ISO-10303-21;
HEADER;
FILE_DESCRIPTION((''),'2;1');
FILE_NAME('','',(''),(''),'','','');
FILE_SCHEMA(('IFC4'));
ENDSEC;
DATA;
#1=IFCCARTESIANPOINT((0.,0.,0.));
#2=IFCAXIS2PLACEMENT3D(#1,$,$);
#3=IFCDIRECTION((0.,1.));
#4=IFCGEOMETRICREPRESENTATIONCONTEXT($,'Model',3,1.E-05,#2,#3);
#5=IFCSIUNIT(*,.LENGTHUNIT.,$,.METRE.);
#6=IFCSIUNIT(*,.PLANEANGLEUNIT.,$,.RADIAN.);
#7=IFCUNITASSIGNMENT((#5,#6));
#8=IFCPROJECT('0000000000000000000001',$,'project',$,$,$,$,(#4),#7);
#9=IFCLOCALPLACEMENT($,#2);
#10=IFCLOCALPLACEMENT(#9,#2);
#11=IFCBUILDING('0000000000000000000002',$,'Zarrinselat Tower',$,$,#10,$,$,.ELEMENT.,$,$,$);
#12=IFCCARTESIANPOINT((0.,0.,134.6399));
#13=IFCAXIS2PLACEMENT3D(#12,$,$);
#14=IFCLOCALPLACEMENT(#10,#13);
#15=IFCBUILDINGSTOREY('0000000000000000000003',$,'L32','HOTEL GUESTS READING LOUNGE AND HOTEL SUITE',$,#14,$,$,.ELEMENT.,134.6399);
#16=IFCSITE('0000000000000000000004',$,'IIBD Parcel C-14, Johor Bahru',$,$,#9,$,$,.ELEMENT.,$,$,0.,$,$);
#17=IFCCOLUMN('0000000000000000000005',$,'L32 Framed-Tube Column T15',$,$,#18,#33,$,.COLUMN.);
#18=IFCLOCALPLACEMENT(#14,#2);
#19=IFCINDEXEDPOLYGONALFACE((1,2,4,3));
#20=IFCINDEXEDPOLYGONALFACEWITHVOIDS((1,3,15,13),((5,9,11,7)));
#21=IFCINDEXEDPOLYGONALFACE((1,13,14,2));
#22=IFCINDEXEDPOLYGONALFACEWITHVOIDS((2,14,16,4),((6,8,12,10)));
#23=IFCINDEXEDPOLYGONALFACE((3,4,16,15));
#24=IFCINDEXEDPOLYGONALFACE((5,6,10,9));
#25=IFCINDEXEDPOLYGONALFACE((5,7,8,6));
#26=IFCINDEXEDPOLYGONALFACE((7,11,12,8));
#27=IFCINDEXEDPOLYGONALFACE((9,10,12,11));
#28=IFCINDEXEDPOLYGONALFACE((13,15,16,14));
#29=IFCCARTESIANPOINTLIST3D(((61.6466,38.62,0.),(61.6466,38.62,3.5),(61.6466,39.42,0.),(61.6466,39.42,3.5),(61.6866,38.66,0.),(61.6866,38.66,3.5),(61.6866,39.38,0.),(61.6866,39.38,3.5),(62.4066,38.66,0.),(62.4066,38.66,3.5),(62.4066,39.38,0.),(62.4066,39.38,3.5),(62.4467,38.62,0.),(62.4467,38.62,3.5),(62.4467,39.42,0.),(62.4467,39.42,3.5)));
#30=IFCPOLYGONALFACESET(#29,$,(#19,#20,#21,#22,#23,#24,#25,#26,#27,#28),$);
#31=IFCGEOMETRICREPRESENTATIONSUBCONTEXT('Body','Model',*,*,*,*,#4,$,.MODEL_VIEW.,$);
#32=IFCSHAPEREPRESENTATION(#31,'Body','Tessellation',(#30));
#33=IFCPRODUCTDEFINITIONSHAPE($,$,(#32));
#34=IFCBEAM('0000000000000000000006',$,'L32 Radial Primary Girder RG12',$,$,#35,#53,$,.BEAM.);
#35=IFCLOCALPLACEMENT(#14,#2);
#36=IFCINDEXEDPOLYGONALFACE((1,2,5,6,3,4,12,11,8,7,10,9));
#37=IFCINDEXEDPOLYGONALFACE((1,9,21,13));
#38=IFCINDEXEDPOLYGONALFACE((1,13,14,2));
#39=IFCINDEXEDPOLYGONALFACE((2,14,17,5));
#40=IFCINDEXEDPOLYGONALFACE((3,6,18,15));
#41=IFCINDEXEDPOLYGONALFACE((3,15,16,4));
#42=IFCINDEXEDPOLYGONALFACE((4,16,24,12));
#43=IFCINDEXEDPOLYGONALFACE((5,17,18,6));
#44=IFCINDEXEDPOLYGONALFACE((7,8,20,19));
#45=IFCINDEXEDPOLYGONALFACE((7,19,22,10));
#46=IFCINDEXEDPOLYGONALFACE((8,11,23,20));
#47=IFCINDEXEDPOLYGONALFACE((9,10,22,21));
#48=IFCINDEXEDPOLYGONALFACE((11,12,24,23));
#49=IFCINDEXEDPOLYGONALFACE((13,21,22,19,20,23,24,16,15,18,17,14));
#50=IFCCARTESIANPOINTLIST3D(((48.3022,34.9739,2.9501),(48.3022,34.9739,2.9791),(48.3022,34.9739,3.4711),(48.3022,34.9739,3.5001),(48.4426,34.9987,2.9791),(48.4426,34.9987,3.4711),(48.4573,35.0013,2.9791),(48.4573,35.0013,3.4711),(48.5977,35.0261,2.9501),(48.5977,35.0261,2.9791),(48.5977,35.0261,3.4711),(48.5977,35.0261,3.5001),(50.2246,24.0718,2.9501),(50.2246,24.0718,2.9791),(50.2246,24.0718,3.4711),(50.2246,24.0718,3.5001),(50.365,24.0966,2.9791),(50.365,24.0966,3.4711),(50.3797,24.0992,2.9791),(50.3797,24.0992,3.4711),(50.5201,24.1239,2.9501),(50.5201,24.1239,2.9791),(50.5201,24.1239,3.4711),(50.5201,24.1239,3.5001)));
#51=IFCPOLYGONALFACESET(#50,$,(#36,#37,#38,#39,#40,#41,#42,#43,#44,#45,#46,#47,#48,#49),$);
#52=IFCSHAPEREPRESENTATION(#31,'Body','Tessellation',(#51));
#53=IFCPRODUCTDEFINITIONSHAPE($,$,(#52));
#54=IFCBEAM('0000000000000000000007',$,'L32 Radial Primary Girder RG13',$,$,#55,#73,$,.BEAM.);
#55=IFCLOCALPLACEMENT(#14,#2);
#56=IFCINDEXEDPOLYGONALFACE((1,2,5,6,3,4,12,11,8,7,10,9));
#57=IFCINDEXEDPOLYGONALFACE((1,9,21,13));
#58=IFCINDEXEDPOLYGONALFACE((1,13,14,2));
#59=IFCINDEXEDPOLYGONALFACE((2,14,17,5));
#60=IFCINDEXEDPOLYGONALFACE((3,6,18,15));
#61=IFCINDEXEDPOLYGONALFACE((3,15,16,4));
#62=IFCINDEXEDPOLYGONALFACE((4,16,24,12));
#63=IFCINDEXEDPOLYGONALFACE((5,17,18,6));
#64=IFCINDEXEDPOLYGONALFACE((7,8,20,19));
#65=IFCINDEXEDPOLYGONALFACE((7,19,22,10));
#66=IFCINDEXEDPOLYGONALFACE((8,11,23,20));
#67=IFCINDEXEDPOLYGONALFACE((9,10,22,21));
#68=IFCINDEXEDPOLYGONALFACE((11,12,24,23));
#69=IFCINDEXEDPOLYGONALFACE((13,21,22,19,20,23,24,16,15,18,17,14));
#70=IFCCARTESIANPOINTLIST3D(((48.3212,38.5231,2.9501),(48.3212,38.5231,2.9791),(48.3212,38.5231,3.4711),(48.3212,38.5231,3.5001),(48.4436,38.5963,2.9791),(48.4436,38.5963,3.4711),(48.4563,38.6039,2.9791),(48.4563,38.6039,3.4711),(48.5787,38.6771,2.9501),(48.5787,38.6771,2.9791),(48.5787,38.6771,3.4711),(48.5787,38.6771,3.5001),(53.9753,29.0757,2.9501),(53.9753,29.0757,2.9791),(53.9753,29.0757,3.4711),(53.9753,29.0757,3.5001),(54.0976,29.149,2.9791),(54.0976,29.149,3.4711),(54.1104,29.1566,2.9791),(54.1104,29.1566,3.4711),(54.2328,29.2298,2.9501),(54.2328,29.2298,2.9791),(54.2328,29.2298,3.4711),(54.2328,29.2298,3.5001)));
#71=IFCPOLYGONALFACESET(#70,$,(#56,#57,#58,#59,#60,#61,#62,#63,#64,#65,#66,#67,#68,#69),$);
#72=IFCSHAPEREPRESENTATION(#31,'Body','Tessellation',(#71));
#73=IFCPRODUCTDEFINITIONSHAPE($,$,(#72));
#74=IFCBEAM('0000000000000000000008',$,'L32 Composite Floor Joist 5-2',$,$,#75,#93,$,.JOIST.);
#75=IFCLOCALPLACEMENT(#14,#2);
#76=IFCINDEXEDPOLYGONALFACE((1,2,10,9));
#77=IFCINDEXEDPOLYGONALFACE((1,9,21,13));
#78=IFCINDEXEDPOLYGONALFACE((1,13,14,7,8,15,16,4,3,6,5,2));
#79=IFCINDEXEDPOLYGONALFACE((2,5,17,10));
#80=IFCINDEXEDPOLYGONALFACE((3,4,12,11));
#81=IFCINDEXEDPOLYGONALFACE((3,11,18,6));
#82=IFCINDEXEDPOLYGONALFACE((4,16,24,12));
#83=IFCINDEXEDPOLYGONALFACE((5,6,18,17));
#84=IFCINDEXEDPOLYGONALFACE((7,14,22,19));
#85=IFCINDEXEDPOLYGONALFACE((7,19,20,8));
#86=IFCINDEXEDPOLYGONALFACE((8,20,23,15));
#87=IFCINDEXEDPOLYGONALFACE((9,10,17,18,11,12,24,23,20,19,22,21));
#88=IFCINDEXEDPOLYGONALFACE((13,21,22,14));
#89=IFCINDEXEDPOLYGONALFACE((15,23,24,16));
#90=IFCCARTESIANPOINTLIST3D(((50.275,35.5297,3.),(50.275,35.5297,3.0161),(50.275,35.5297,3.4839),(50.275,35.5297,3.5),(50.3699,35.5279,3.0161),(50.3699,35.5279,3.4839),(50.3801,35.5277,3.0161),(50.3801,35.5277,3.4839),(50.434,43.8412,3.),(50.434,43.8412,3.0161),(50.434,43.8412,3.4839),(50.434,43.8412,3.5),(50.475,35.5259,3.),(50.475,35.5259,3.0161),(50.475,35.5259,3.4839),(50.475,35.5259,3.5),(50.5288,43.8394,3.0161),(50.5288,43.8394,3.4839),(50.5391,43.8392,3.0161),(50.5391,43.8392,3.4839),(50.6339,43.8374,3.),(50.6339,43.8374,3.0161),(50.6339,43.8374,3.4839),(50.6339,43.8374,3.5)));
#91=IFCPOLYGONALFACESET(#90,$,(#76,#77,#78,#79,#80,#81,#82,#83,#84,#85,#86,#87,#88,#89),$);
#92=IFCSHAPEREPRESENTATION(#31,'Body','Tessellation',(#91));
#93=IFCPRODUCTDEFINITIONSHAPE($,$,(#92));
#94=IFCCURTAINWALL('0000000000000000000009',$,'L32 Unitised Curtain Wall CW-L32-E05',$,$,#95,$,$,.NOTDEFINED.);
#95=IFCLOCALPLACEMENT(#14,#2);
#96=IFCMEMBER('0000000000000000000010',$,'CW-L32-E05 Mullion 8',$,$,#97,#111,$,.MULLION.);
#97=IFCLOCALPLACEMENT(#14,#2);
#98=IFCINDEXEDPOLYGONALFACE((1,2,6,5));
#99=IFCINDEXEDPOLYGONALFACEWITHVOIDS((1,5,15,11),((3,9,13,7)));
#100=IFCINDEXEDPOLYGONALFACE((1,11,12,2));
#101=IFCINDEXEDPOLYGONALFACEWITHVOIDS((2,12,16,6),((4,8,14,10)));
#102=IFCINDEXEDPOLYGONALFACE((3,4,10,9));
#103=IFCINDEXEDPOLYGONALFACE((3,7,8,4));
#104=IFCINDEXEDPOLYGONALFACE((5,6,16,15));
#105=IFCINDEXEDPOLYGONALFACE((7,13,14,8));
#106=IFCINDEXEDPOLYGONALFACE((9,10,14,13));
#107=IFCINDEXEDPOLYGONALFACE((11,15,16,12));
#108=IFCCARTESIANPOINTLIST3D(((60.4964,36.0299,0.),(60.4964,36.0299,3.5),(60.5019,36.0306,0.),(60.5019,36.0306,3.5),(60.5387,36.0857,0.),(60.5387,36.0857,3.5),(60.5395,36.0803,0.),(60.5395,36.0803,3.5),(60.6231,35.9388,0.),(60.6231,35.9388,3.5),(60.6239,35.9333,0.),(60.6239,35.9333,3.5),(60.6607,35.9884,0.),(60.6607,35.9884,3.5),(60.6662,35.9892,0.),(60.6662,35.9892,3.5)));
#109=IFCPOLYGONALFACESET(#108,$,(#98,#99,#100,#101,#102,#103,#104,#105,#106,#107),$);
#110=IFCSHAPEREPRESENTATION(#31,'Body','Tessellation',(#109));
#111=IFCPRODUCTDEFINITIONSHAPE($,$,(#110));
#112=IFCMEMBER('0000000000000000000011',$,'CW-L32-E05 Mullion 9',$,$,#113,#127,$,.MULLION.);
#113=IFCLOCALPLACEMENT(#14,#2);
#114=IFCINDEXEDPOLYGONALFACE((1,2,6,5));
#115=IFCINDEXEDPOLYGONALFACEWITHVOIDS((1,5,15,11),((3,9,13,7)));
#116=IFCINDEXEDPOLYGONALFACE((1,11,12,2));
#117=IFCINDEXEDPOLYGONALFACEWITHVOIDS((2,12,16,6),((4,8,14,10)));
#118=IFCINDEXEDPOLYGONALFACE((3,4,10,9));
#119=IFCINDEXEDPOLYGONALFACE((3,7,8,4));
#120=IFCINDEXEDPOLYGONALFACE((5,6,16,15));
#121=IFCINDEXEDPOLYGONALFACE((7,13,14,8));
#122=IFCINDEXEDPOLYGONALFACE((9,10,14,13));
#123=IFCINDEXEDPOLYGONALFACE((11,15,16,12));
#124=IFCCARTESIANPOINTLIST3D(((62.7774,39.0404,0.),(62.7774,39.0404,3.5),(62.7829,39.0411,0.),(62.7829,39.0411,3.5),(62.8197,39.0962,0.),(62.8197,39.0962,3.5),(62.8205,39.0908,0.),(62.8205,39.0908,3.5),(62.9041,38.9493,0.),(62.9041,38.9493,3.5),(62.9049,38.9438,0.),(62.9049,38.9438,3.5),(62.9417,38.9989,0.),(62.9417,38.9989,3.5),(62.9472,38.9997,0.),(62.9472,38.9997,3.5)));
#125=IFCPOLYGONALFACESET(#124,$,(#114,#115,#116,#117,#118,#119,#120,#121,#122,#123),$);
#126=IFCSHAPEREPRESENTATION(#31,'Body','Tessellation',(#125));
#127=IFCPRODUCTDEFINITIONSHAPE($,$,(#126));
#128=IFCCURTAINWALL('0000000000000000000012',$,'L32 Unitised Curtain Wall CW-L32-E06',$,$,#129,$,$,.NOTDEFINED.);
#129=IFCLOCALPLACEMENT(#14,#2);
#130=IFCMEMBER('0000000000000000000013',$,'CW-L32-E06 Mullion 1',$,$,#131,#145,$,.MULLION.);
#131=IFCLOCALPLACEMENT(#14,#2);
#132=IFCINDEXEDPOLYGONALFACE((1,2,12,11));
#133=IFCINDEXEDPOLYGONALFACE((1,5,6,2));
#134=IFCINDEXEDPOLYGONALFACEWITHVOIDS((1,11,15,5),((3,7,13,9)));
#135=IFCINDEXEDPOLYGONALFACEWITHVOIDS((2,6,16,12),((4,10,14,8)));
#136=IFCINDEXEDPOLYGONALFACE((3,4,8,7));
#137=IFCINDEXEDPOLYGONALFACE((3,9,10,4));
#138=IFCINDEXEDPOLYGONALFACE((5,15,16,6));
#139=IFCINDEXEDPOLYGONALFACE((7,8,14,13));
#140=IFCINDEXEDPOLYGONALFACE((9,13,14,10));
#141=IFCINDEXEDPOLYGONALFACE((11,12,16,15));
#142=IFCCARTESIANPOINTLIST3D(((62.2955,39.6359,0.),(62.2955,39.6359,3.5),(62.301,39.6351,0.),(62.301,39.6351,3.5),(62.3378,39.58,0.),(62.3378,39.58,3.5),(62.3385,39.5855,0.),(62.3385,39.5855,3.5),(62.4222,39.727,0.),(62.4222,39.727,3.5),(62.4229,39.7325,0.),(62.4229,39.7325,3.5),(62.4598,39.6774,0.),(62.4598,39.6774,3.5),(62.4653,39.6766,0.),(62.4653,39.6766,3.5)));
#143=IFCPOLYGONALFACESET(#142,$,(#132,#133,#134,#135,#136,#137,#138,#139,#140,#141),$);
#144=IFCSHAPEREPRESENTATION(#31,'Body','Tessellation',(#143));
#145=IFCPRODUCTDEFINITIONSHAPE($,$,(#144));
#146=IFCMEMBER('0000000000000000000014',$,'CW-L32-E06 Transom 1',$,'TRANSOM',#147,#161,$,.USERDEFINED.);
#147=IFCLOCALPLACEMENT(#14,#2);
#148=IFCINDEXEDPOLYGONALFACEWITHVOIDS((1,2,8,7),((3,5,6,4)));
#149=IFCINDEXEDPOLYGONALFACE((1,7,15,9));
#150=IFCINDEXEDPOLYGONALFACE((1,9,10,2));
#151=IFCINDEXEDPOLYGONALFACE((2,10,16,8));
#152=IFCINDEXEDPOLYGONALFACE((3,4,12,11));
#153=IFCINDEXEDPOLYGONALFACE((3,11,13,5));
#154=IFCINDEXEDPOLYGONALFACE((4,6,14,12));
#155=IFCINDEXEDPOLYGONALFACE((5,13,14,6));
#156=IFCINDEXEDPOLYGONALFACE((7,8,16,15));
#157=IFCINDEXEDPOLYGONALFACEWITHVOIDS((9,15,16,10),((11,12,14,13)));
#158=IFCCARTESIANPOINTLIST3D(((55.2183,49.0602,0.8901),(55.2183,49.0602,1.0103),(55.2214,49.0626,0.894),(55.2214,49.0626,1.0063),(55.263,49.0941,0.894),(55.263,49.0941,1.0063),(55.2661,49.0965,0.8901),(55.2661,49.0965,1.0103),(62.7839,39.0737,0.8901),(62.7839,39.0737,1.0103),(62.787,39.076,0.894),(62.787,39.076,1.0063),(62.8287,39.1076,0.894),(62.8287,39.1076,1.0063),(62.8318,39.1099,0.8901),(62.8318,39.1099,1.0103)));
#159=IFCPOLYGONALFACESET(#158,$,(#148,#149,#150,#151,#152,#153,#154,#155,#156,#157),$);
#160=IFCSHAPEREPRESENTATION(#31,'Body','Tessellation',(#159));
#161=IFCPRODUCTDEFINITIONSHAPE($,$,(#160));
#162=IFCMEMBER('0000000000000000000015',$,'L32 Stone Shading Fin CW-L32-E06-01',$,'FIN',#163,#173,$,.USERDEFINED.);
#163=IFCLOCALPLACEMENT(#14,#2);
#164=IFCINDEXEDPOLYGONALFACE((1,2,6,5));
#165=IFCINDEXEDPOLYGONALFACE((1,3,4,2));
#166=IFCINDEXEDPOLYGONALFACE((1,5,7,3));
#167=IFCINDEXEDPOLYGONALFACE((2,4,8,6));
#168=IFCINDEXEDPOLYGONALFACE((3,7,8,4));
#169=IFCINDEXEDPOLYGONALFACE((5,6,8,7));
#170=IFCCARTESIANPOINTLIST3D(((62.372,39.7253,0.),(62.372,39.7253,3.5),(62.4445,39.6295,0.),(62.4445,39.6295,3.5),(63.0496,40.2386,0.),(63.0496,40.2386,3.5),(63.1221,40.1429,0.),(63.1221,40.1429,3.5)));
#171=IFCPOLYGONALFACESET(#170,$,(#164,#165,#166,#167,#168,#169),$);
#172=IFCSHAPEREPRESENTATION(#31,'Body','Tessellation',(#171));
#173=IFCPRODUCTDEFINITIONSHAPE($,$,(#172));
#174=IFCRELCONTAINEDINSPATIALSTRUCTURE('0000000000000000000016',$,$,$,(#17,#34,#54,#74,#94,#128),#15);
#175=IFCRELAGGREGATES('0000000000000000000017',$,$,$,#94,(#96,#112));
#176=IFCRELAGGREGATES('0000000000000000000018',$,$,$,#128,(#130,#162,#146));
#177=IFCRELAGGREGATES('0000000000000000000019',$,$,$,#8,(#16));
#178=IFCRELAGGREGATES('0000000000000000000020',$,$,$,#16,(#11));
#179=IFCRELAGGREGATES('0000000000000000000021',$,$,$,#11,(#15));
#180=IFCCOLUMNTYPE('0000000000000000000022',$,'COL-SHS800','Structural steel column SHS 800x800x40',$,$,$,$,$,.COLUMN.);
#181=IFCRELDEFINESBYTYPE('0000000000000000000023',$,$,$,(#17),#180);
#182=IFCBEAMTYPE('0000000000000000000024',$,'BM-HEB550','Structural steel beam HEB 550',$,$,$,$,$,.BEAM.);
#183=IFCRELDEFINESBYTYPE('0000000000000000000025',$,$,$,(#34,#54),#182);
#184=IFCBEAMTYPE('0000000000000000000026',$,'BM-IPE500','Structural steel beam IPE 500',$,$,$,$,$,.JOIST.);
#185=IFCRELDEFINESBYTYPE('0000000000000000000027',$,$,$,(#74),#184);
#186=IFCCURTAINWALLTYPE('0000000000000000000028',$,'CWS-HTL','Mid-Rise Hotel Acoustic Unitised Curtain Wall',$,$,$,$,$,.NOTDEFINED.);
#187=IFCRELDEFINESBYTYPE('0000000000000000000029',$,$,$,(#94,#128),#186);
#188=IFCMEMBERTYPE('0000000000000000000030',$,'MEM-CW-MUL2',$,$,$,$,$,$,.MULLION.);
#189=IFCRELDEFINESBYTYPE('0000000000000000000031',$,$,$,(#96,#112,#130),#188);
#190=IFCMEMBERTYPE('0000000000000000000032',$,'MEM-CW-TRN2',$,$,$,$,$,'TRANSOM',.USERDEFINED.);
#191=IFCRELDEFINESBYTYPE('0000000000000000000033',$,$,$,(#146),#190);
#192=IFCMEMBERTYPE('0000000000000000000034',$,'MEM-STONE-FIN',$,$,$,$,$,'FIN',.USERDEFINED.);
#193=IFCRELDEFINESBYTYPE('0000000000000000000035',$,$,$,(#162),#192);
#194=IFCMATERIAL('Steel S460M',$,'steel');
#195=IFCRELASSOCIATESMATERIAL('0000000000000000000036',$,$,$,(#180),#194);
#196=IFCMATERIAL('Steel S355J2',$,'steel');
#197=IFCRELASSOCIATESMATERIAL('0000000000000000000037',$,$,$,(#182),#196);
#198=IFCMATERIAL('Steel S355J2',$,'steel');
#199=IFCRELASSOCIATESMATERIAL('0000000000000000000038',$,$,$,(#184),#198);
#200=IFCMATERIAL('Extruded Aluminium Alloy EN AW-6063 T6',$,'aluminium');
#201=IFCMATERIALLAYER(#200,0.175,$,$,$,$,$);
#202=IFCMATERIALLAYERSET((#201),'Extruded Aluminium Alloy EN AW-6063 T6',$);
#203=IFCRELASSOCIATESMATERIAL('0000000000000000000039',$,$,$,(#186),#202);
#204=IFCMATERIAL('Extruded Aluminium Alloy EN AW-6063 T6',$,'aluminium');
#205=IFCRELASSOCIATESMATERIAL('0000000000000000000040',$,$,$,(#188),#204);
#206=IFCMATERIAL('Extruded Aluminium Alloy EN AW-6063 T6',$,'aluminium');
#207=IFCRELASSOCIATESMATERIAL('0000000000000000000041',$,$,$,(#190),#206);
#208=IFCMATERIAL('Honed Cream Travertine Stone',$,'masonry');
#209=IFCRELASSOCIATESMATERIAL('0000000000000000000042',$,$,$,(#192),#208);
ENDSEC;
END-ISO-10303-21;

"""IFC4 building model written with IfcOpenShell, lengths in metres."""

from ifc_helpers import new_model, si_unit, direction, frame, origin, origin_2d, place, context, subcontext, project, spatial, rectangle, hollow_rectangle, i_section, extrude, material, layer, layer_set, material_profile, profile_set, type_object, element, aggregate, save


model = new_model("IFC4")

# Units and contexts
model_context = context("Model", 3, precision=1e-05, world=origin(), true_north=direction((0.0, 1.0)))
body_context = subcontext(model_context, "Body", "Model", "MODEL_VIEW")
ifc_project = project(units=[si_unit("LENGTHUNIT", "METRE"), si_unit("PLANEANGLEUNIT", "RADIAN")], contexts=[model_context])

# Site, building, storey
site_placement = place(None, origin())
site = spatial("IfcSite", under=ifc_project, at=site_placement, Name="IIBD Parcel C-14, Johor Bahru", CompositionType="ELEMENT", RefElevation=0.0)
building_placement = place(site_placement, origin())
building = spatial("IfcBuilding", under=site, at=building_placement, Name="Zarrinselat Tower", CompositionType="ELEMENT")
storey_placement = place(building_placement, frame((0.0, 0.0, 134.6399)))
storey = spatial("IfcBuildingStorey", under=building, at=storey_placement, Name="L32", Description="HOTEL GUESTS READING LOUNGE AND HOTEL SUITE", CompositionType="ELEMENT", Elevation=134.6399)

# Column
ifc_material_1 = material(Name="Steel S460M", Category="steel")
ifc_material_profile_1 = material_profile(ifc_material_1, hollow_rectangle(XDim=0.8, YDim=0.8, WallThickness=0.04, at=origin_2d()), Name="SHS 800x800x40")
ifc_profile_set_1 = profile_set([ifc_material_profile_1], Name="Steel S460M")
column_type = type_object("IfcColumnType", Name="COL-SHS800", Description="Structural steel column SHS 800x800x40", PredefinedType="COLUMN", material=ifc_profile_set_1)
column_placement = place(storey_placement, frame((62.0466, 39.02, 0.0), z_axis=(0.0, 0.0, 1.0), x_axis=(1.0, 0.0, 0.0)))
element("IfcColumn", 1, at=column_placement, inside=storey, type_object=column_type, Name="L32 Framed-Tube Column T15", PredefinedType="COLUMN", context=body_context, shape_type="SweptSolid", body=[
    extrude(hollow_rectangle(XDim=0.8, YDim=0.8, WallThickness=0.04, at=origin_2d()), origin(), (0.0, 0.0, 1.0), 3.5),
])

# Beams
ifc_material_2 = material(Name="Steel S355J2", Category="steel")
ifc_material_profile_2 = material_profile(ifc_material_2, i_section(OverallWidth=0.3, OverallDepth=0.55, WebThickness=0.0149, FlangeThickness=0.0291, at=origin_2d()), Name="HEB 550")
ifc_profile_set_2 = profile_set([ifc_material_profile_2], Name="Steel S355J2")
beam_type_1 = type_object("IfcBeamType", Name="BM-HEB550", Description="Structural steel beam HEB 550", PredefinedType="BEAM", material=ifc_profile_set_2)
beam_1_placement = place(storey_placement, frame((48.45, 35.0, 3.2251), z_axis=(0.173651, -0.984807, 0.0), x_axis=(0.984807, 0.173651, 0.0)))
element("IfcBeam", 2, at=beam_1_placement, inside=storey, type_object=beam_type_1, Name="L32 Radial Primary Girder RG12", PredefinedType="BEAM", context=body_context, shape_type="SweptSolid", body=[
    extrude(i_section(OverallWidth=0.3, OverallDepth=0.55, WebThickness=0.0149, FlangeThickness=0.0291, at=origin_2d()), origin(), (0.0, 0.0, 1.0), 11.0703),
])
beam_2_placement = place(storey_placement, frame((48.45, 38.6001, 3.2251), z_axis=(0.51354, -0.858066, 0.0), x_axis=(0.858066, 0.51354, 0.0)))
element("IfcBeam", 3, at=beam_2_placement, inside=storey, type_object=beam_type_1, Name="L32 Radial Primary Girder RG13", PredefinedType="BEAM", context=body_context, shape_type="SweptSolid", body=[
    extrude(i_section(OverallWidth=0.3, OverallDepth=0.55, WebThickness=0.0149, FlangeThickness=0.0291, at=origin_2d()), origin(), (0.0, 0.0, 1.0), 11.01),
])
ifc_material_3 = material(Name="Steel S355J2", Category="steel")
ifc_material_profile_3 = material_profile(ifc_material_3, i_section(OverallWidth=0.2, OverallDepth=0.5, WebThickness=0.0103, FlangeThickness=0.0161, at=origin_2d()), Name="IPE 500")
ifc_profile_set_3 = profile_set([ifc_material_profile_3], Name="Steel S355J2")
beam_type_2 = type_object("IfcBeamType", Name="BM-IPE500", Description="Structural steel beam IPE 500", PredefinedType="JOIST", material=ifc_profile_set_3)
beam_3_placement = place(storey_placement, frame((50.375, 35.5278, 3.25), z_axis=(0.019119, 0.999817, 0.0), x_axis=(-0.999817, 0.019119, 0.0)))
element("IfcBeam", 4, at=beam_3_placement, inside=storey, type_object=beam_type_2, Name="L32 Composite Floor Joist 5-2", PredefinedType="JOIST", context=body_context, shape_type="SweptSolid", body=[
    extrude(i_section(OverallWidth=0.2, OverallDepth=0.5, WebThickness=0.0103, FlangeThickness=0.0161, at=origin_2d()), origin(), (0.0, 0.0, 1.0), 8.313),
])

# Curtain walls, members
ifc_material_4 = material(Name="Extruded Aluminium Alloy EN AW-6063 T6", Category="aluminium")
ifc_layer_1 = layer(ifc_material_4, 0.175)
ifc_layer_set_1 = layer_set([ifc_layer_1], Name="Extruded Aluminium Alloy EN AW-6063 T6")
curtain_wall_type = type_object("IfcCurtainWallType", Name="CWS-HTL", Description="Mid-Rise Hotel Acoustic Unitised Curtain Wall", PredefinedType="NOTDEFINED", material=ifc_layer_set_1)
curtain_wall_1_placement = place(storey_placement, origin())
curtain_wall_1 = element("IfcCurtainWall", 5, at=curtain_wall_1_placement, inside=storey, type_object=curtain_wall_type, Name="L32 Unitised Curtain Wall CW-L32-E05", PredefinedType="NOTDEFINED")
ifc_material_5 = material(Name="Extruded Aluminium Alloy EN AW-6063 T6", Category="aluminium")
ifc_material_profile_4 = material_profile(ifc_material_5, hollow_rectangle(XDim=0.0701, YDim=0.1599, WallThickness=0.0039, at=origin_2d()), Name="RHS 160x70x4")
ifc_profile_set_4 = profile_set([ifc_material_profile_4], Name="Extruded Aluminium Alloy EN AW-6063 T6")
member_type_1 = type_object("IfcMemberType", Name="MEM-CW-MUL2", PredefinedType="MULLION", material=ifc_profile_set_4)
member_1_placement = place(storey_placement, frame((60.5813, 36.0095, 0.0), z_axis=(0.0, 0.0, 1.0), x_axis=(0.603856, 0.797094, 0.0)))
member_1 = element("IfcMember", 6, at=member_1_placement, type_object=member_type_1, Name="CW-L32-E05 Mullion 8", PredefinedType="MULLION", context=body_context, shape_type="SweptSolid", body=[
    extrude(hollow_rectangle(XDim=0.0701, YDim=0.1599, WallThickness=0.0039, at=origin_2d()), origin(), (0.0, 0.0, 1.0), 3.5),
])
member_2_placement = place(storey_placement, frame((62.8623, 39.02, 0.0), z_axis=(0.0, 0.0, 1.0), x_axis=(0.603856, 0.797094, 0.0)))
member_2 = element("IfcMember", 7, at=member_2_placement, type_object=member_type_1, Name="CW-L32-E05 Mullion 9", PredefinedType="MULLION", context=body_context, shape_type="SweptSolid", body=[
    extrude(hollow_rectangle(XDim=0.0701, YDim=0.1599, WallThickness=0.0039, at=origin_2d()), origin(), (0.0, 0.0, 1.0), 3.5),
])
curtain_wall_2_placement = place(storey_placement, origin())
curtain_wall_2 = element("IfcCurtainWall", 8, at=curtain_wall_2_placement, inside=storey, type_object=curtain_wall_type, Name="L32 Unitised Curtain Wall CW-L32-E06", PredefinedType="NOTDEFINED")
member_3_placement = place(storey_placement, frame((62.3804, 39.6562, 0.0), z_axis=(0.0, 0.0, 1.0), x_axis=(-0.603859, 0.797091, 0.0)))
member_3 = element("IfcMember", 9, at=member_3_placement, type_object=member_type_1, Name="CW-L32-E06 Mullion 1", PredefinedType="MULLION", context=body_context, shape_type="SweptSolid", body=[
    extrude(hollow_rectangle(XDim=0.0701, YDim=0.1599, WallThickness=0.0039, at=origin_2d()), origin(), (0.0, 0.0, 1.0), 3.5),
])
ifc_material_6 = material(Name="Extruded Aluminium Alloy EN AW-6063 T6", Category="aluminium")
ifc_material_profile_5 = material_profile(ifc_material_6, hollow_rectangle(XDim=0.0601, YDim=0.1201, WallThickness=0.0039, at=origin_2d()), Name="RHS 120x60x4")
ifc_profile_set_5 = profile_set([ifc_material_profile_5], Name="Extruded Aluminium Alloy EN AW-6063 T6")
member_type_2 = type_object("IfcMemberType", Name="MEM-CW-TRN2", ElementType="TRANSOM", PredefinedType="USERDEFINED", material=ifc_profile_set_5)
member_4_placement = place(storey_placement, frame((62.8079, 39.0918, 0.9502), z_axis=(-0.603862, 0.797089, 0.0), x_axis=(-0.797089, -0.603862, 0.0)))
member_4 = element("IfcMember", 10, at=member_4_placement, type_object=member_type_2, Name="CW-L32-E06 Transom 1", ObjectType="TRANSOM", PredefinedType="USERDEFINED", context=body_context, shape_type="SweptSolid", body=[
    extrude(hollow_rectangle(XDim=0.0601, YDim=0.1201, WallThickness=0.0039, at=origin_2d()), origin(), (0.0, 0.0, 1.0), 12.5288),
])
ifc_material_7 = material(Name="Honed Cream Travertine Stone", Category="masonry")
ifc_material_profile_6 = material_profile(ifc_material_7, rectangle(XDim=0.1201, YDim=0.8501, at=origin_2d()), Name="FIN 850x120")
ifc_profile_set_6 = profile_set([ifc_material_profile_6], Name="Honed Cream Travertine Stone")
member_type_3 = type_object("IfcMemberType", Name="MEM-STONE-FIN", ElementType="FIN", PredefinedType="USERDEFINED", material=ifc_profile_set_6)
member_5_placement = place(storey_placement, frame((62.7471, 39.9341, 0.0), z_axis=(0.0, 0.0, 1.0), x_axis=(0.603859, -0.797091, 0.0)))
member_5 = element("IfcMember", 11, at=member_5_placement, type_object=member_type_3, Name="L32 Stone Shading Fin CW-L32-E06-01", ObjectType="FIN", PredefinedType="USERDEFINED", context=body_context, shape_type="SweptSolid", body=[
    extrude(rectangle(XDim=0.1201, YDim=0.8501, at=origin_2d()), origin(), (0.0, 0.0, 1.0), 3.5),
])

aggregate(curtain_wall_1, [member_1, member_2])
aggregate(curtain_wall_2, [member_3, member_5, member_4])

save(model, "model.ifc")
